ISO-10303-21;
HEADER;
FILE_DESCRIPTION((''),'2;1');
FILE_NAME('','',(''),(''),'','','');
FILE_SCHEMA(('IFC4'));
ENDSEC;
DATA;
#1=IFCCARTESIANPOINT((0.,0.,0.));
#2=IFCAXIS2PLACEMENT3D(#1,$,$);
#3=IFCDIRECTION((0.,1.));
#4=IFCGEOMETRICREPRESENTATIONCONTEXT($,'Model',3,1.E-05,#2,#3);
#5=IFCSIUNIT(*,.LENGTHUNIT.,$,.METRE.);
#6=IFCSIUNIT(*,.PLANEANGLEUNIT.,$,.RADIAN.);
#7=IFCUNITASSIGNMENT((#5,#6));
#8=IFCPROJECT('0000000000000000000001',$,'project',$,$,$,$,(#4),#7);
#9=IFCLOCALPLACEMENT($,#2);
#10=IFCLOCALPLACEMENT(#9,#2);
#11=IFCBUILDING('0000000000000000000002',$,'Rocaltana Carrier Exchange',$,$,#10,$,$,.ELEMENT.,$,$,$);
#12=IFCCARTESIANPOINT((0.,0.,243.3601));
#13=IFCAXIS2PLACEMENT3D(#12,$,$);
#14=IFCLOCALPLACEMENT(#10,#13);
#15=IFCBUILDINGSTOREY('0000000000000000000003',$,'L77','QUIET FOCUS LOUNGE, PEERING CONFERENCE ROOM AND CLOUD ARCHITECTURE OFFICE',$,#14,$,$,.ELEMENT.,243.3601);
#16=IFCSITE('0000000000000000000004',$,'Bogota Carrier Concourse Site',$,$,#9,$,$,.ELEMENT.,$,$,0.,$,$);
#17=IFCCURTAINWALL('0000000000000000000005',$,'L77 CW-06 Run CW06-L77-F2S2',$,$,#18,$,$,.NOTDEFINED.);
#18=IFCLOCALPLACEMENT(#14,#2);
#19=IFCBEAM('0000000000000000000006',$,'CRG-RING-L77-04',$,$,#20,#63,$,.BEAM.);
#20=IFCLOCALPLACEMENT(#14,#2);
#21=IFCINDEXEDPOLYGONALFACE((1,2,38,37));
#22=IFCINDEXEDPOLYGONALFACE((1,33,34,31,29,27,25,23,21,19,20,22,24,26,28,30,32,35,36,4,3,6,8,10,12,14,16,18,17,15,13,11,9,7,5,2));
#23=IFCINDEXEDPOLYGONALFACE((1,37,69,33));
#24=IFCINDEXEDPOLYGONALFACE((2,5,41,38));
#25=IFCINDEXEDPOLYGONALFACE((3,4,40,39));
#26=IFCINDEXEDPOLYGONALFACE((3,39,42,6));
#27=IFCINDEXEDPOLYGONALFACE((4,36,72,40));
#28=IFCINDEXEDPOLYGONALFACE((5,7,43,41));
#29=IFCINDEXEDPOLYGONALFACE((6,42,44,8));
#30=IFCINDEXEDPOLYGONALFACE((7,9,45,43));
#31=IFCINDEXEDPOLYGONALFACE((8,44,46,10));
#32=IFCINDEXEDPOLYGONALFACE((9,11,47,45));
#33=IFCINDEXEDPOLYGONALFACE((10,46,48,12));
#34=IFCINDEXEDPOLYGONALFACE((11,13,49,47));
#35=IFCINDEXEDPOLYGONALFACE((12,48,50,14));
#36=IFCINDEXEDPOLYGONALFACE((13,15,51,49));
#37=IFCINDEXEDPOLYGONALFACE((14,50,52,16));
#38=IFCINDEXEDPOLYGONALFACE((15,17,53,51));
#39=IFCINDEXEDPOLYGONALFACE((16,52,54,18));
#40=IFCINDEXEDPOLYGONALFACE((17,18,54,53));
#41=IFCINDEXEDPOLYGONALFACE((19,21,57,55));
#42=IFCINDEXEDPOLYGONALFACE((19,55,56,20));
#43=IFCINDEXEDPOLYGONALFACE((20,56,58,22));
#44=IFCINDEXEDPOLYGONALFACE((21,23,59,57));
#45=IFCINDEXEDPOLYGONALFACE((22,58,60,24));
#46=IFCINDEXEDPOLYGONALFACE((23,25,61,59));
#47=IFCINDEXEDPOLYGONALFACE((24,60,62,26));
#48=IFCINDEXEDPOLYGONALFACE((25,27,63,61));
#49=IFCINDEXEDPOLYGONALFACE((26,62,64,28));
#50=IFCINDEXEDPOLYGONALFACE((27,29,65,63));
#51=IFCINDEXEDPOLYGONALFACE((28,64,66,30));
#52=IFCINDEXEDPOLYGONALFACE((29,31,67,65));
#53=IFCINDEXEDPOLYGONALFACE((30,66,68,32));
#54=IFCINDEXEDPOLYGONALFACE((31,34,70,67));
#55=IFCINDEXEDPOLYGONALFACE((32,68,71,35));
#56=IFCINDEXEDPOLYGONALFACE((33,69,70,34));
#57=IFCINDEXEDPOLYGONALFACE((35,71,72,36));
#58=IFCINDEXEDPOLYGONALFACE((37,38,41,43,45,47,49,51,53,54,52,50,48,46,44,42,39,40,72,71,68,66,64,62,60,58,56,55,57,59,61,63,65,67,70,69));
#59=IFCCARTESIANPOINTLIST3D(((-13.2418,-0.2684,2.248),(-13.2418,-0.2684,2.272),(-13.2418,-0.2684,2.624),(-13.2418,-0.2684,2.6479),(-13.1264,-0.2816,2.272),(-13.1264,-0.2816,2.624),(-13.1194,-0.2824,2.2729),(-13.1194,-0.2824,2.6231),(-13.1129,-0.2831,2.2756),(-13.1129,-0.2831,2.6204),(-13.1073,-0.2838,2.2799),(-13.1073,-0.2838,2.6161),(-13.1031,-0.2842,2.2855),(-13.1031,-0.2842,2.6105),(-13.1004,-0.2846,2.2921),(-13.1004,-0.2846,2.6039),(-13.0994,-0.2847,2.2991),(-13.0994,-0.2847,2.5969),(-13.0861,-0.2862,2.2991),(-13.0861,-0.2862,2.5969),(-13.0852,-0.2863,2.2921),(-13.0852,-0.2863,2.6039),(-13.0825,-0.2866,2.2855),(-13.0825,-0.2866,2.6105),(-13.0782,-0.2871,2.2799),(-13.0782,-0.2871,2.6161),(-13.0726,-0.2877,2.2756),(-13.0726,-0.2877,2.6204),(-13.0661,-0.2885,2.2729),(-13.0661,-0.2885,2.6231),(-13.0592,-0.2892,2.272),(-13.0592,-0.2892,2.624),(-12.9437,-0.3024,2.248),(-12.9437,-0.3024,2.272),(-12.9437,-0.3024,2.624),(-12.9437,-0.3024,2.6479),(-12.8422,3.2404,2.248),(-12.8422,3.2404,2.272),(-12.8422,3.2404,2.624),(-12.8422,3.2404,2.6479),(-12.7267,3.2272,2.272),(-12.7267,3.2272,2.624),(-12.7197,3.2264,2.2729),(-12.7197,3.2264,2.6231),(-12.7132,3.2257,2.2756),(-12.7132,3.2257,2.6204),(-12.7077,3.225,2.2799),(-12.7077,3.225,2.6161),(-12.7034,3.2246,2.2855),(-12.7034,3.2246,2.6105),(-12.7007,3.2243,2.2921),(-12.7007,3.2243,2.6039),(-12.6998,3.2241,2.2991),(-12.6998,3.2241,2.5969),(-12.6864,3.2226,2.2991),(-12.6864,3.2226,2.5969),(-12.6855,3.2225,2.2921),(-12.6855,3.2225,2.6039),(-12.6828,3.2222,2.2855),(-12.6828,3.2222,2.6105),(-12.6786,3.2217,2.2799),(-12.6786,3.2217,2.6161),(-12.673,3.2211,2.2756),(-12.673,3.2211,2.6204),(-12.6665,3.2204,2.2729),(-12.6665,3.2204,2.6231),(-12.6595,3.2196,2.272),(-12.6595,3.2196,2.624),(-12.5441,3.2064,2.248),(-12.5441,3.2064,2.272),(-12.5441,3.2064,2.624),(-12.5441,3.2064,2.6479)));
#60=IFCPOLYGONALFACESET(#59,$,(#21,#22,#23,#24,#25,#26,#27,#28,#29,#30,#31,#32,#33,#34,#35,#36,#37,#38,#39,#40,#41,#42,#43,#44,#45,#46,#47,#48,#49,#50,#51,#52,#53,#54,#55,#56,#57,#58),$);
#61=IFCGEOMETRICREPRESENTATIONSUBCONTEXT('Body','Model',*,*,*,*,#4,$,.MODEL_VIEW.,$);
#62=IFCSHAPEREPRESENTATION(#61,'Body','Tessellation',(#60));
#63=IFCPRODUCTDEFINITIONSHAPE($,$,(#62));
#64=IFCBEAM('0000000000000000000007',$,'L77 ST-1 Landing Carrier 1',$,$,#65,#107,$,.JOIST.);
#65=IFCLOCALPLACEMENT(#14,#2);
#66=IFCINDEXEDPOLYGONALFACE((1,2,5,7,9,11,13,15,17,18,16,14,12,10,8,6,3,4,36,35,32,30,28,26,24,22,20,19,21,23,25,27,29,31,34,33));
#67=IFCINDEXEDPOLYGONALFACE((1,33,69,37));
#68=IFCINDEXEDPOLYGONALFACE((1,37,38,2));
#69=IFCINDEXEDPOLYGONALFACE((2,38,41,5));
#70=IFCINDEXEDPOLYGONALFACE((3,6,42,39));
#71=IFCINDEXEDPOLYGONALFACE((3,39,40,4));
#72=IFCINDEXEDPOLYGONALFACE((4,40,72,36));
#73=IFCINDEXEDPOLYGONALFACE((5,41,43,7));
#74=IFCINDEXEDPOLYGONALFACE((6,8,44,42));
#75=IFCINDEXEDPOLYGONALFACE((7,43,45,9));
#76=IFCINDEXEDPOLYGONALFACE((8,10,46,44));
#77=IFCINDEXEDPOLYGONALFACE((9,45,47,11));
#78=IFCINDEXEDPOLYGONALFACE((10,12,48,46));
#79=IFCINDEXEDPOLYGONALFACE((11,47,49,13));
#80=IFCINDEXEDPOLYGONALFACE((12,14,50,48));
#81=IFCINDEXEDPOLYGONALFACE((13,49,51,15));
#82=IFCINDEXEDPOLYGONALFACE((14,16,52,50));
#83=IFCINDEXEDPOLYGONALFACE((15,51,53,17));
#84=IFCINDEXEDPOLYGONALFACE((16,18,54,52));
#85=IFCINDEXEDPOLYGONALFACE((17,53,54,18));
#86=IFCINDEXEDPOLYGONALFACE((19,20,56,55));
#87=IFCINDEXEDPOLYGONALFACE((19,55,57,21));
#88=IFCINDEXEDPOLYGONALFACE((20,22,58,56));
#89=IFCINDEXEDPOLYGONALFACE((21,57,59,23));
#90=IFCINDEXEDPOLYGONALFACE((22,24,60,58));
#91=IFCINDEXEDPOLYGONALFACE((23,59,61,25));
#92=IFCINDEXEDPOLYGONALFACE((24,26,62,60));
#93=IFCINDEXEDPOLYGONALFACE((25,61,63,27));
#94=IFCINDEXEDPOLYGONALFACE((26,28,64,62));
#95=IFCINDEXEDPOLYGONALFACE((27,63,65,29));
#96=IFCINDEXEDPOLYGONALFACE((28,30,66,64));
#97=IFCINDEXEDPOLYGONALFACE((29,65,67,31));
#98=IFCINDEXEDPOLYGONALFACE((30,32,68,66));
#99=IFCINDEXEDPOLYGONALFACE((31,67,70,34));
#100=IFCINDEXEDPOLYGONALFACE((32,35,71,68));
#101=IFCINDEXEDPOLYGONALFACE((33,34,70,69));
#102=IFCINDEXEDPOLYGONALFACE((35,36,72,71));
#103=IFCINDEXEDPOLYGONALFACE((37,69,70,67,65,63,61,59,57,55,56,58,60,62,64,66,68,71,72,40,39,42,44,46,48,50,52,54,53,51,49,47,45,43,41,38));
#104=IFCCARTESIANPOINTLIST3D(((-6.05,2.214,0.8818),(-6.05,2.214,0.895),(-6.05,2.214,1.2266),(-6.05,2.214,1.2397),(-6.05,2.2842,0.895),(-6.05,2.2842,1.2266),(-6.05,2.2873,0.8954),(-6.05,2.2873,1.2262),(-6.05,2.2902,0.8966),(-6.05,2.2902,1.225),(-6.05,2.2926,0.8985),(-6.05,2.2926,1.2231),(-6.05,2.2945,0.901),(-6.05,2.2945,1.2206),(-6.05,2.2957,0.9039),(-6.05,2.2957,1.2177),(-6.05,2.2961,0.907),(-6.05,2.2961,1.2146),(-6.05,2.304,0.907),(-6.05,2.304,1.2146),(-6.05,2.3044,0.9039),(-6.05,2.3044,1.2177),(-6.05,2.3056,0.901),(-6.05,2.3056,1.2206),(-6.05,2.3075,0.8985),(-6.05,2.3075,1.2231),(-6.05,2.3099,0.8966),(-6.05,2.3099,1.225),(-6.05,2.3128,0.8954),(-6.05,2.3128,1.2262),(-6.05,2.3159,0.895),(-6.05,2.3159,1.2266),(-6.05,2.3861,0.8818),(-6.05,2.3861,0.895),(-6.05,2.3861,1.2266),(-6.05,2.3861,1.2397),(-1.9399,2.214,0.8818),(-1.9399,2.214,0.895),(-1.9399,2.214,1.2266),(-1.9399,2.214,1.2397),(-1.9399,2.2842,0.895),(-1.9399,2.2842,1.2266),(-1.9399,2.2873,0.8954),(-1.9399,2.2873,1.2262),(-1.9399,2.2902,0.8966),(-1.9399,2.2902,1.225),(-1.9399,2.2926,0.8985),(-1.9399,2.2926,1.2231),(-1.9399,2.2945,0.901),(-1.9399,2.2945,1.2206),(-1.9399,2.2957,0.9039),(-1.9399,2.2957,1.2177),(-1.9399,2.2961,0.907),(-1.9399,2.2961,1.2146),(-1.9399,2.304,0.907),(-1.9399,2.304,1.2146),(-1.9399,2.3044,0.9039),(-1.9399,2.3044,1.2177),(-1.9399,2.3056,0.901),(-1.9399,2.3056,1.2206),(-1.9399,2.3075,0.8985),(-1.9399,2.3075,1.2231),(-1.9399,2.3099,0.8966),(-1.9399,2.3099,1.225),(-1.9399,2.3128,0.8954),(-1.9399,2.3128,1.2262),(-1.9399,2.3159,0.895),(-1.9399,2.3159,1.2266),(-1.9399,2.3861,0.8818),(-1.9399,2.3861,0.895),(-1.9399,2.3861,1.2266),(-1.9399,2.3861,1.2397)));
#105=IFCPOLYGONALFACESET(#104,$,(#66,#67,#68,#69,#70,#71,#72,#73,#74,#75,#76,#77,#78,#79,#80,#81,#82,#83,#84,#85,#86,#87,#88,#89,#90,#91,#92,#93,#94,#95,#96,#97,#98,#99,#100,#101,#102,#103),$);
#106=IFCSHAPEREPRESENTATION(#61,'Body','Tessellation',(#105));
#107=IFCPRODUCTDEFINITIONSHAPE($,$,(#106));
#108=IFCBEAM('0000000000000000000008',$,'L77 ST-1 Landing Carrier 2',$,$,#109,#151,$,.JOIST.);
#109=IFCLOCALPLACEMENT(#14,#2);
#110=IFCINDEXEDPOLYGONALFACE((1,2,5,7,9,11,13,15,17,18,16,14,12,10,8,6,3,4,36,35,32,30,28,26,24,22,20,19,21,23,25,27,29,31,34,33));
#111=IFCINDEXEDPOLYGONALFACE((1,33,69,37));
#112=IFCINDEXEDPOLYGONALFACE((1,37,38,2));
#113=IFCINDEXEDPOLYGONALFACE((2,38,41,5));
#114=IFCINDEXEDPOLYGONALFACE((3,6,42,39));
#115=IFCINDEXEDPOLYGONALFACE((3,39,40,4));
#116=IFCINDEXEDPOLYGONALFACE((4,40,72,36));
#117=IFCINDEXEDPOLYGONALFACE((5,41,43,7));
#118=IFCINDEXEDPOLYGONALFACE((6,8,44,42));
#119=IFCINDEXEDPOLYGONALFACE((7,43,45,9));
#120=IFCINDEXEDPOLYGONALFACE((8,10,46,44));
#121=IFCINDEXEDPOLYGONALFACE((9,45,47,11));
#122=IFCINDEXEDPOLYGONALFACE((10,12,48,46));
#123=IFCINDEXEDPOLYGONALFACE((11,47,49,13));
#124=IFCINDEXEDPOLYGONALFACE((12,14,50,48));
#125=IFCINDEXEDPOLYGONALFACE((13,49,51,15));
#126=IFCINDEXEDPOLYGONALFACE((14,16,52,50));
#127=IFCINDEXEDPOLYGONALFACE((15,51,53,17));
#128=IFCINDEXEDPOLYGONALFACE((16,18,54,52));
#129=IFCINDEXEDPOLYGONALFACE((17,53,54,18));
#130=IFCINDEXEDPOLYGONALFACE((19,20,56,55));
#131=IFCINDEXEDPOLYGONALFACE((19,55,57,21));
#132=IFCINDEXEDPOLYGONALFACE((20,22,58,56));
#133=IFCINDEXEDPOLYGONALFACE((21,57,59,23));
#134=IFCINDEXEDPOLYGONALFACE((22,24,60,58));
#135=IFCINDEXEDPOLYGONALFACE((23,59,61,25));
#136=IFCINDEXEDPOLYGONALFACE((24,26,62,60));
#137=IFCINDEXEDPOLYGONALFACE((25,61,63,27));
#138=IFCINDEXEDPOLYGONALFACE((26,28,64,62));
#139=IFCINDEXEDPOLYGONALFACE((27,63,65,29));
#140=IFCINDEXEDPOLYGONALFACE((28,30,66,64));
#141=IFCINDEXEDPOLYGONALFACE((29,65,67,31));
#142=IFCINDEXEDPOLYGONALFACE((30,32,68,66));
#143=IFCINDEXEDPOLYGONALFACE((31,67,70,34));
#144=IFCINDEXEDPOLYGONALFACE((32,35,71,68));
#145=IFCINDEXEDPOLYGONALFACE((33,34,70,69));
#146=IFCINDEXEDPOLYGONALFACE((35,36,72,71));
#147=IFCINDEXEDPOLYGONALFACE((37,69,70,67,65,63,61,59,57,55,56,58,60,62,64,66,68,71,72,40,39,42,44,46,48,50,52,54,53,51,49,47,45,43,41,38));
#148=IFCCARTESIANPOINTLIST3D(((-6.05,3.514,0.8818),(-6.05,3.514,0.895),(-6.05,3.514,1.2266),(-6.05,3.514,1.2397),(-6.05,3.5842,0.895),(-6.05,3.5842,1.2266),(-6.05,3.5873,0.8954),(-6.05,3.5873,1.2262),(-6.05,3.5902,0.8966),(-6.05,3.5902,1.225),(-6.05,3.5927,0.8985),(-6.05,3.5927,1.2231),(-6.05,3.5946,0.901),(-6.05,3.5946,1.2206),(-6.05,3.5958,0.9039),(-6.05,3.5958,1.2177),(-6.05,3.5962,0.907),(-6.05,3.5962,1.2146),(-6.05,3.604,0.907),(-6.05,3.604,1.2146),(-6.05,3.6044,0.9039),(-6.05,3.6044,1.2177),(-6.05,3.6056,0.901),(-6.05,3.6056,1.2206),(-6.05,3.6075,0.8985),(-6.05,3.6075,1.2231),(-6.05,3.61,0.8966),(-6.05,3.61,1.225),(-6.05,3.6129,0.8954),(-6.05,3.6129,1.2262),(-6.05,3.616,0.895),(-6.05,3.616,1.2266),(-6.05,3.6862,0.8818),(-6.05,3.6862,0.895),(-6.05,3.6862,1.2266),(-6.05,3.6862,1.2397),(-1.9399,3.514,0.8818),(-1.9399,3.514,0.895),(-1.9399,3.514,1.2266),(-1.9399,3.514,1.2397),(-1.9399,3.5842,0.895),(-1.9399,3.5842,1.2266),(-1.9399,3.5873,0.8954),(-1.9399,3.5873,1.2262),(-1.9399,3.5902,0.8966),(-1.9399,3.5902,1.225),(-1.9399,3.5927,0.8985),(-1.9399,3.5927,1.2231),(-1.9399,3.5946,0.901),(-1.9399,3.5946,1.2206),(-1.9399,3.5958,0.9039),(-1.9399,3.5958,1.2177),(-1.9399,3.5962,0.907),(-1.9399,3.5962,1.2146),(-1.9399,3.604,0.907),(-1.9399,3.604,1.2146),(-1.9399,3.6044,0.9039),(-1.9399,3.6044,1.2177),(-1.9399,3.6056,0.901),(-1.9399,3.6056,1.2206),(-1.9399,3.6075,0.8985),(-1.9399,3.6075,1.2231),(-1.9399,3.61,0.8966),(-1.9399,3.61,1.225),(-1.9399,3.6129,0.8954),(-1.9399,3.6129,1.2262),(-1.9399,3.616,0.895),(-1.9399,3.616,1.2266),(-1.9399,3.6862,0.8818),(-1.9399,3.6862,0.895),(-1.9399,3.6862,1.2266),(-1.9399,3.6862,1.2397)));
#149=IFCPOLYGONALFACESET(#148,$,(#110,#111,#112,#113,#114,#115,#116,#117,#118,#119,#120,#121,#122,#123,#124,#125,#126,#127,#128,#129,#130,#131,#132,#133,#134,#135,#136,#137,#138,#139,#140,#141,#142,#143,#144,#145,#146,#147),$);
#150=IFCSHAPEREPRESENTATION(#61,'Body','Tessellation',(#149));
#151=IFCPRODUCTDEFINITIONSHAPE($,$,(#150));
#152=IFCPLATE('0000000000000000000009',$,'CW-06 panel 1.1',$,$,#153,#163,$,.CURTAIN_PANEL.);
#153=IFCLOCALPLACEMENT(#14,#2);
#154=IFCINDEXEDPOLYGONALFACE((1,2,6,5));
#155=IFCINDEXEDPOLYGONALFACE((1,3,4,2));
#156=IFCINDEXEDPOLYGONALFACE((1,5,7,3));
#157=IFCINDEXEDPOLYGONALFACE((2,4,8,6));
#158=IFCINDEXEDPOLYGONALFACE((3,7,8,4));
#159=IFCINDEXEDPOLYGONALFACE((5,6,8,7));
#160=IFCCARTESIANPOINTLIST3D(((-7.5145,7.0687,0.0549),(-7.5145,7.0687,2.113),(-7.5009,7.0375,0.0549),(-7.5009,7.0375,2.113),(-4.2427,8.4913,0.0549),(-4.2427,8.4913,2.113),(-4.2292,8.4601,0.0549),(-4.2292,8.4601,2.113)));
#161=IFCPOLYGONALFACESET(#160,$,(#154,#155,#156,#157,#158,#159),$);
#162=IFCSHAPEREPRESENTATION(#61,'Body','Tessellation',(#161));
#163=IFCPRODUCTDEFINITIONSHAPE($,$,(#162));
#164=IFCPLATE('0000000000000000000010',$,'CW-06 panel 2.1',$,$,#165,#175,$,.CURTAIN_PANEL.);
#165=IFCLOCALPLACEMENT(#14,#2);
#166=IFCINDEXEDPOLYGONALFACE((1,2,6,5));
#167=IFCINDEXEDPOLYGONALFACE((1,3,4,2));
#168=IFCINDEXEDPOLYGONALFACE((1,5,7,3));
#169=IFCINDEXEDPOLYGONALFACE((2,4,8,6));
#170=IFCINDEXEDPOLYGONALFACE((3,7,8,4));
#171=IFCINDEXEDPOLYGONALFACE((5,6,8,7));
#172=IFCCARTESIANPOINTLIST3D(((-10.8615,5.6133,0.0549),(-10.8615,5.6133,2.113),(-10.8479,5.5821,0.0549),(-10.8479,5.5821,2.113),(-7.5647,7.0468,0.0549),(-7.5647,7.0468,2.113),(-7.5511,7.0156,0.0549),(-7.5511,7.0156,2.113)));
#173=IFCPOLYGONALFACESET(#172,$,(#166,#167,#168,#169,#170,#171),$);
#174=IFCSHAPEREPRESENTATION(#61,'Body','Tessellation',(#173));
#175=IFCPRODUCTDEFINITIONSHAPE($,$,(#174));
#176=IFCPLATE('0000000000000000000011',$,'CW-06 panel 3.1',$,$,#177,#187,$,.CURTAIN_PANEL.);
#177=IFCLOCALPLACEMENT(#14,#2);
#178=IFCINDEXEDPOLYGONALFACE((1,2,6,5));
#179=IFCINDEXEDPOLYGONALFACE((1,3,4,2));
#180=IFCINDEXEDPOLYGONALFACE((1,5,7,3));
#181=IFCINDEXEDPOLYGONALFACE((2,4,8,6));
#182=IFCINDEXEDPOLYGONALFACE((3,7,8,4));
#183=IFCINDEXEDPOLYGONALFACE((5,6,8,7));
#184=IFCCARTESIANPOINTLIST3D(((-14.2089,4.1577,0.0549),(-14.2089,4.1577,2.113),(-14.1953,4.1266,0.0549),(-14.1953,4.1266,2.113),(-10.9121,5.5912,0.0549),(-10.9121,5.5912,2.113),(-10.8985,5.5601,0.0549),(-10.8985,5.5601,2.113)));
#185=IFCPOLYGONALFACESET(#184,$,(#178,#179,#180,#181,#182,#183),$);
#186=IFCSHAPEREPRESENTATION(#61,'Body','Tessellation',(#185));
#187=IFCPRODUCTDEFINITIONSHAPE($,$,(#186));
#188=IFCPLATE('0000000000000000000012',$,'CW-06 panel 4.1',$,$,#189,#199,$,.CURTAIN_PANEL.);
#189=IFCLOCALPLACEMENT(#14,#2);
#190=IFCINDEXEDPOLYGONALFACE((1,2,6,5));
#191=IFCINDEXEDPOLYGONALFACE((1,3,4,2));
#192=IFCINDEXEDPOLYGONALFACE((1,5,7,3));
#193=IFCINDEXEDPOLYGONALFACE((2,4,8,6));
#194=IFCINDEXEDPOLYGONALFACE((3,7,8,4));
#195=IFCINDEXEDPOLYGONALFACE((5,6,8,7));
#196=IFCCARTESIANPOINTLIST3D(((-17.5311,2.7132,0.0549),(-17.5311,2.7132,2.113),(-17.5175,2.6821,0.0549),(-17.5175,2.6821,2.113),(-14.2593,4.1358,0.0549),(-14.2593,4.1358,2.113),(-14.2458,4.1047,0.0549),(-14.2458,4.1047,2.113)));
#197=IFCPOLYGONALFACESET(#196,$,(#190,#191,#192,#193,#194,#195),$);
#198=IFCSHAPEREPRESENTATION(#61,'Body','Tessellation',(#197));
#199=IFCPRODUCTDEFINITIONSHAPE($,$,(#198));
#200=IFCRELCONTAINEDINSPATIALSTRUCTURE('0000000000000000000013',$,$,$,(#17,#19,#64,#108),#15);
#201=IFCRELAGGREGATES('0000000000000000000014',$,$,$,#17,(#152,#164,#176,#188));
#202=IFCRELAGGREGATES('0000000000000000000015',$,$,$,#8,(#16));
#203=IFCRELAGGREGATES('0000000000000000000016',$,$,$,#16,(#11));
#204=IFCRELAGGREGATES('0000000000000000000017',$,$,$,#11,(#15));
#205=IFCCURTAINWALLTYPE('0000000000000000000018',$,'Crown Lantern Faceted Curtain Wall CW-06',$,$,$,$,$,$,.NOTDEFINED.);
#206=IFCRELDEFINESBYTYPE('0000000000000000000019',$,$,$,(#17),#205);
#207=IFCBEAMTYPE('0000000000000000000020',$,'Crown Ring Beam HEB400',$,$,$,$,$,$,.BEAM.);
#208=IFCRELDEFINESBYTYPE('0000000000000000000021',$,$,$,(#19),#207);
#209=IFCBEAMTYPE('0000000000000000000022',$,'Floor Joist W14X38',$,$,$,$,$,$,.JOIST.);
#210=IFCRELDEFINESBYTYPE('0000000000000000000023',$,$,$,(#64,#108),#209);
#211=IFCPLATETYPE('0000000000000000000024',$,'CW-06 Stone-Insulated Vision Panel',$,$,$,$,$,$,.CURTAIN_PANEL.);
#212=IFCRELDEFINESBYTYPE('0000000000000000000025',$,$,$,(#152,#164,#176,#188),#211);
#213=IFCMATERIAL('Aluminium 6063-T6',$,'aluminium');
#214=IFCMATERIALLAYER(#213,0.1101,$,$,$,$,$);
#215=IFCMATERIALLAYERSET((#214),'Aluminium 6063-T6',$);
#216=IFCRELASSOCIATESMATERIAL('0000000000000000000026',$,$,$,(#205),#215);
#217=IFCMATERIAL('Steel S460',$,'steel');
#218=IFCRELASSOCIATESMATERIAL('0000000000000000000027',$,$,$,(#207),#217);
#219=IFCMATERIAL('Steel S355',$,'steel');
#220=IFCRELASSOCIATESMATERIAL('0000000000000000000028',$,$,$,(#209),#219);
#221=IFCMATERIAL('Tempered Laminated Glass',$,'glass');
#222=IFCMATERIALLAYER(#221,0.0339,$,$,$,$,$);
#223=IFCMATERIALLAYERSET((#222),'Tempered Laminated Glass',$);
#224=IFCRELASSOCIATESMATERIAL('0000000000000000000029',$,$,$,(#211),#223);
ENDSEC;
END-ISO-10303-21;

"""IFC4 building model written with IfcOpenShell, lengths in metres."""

from ifc_helpers import new_model, si_unit, direction, frame, origin, origin_2d, place, context, subcontext, project, spatial, rectangle, i_section, extrude, material, layer, layer_set, material_profile, profile_set, type_object, element, aggregate, save


model = new_model("IFC4")

# Units and contexts
model_context = context("Model", 3, precision=1e-05, world=origin(), true_north=direction((0.0, 1.0)))
body_context = subcontext(model_context, "Body", "Model", "MODEL_VIEW")
ifc_project = project(units=[si_unit("LENGTHUNIT", "METRE"), si_unit("PLANEANGLEUNIT", "RADIAN")], contexts=[model_context])

# Site, building, storey
site_placement = place(None, origin())
site = spatial("IfcSite", under=ifc_project, at=site_placement, Name="Bogota Carrier Concourse Site", CompositionType="ELEMENT", RefElevation=0.0)
building_placement = place(site_placement, origin())
building = spatial("IfcBuilding", under=site, at=building_placement, Name="Rocaltana Carrier Exchange", CompositionType="ELEMENT")
storey_placement = place(building_placement, frame((0.0, 0.0, 243.3601)))
storey = spatial("IfcBuildingStorey", under=building, at=storey_placement, Name="L77", Description="QUIET FOCUS LOUNGE, PEERING CONFERENCE ROOM AND CLOUD ARCHITECTURE OFFICE", CompositionType="ELEMENT", Elevation=243.3601)

# Curtain wall
ifc_material_1 = material(Name="Aluminium 6063-T6", Category="aluminium")
ifc_layer_1 = layer(ifc_material_1, 0.1101)
ifc_layer_set_1 = layer_set([ifc_layer_1], Name="Aluminium 6063-T6")
curtain_wall_type = type_object("IfcCurtainWallType", Name="Crown Lantern Faceted Curtain Wall CW-06", PredefinedType="NOTDEFINED", material=ifc_layer_set_1)
curtain_wall_1_placement = place(storey_placement, origin())
curtain_wall_1 = element("IfcCurtainWall", 1, at=curtain_wall_1_placement, inside=storey, type_object=curtain_wall_type, Name="L77 CW-06 Run CW06-L77-F2S2", PredefinedType="NOTDEFINED")

# Beams
ifc_material_2 = material(Name="Steel S460", Category="steel")
ifc_material_profile_1 = material_profile(ifc_material_2, i_section(OverallWidth=0.3, OverallDepth=0.3999, WebThickness=0.0134, FlangeThickness=0.0239, FilletRadius=0.0271, at=origin_2d()), Name="HEB400")
ifc_profile_set_1 = profile_set([ifc_material_profile_1], Name="Steel S460")
beam_type_1 = type_object("IfcBeamType", Name="Crown Ring Beam HEB400", PredefinedType="BEAM", material=ifc_profile_set_1)
beam_1_placement = place(storey_placement, frame((-12.6931, 3.2234, 2.448), z_axis=(-0.11317, -0.993576, 0.0), x_axis=(0.993576, -0.11317, 0.0)))
element("IfcBeam", 2, at=beam_1_placement, inside=storey, type_object=beam_type_1, Name="CRG-RING-L77-04", PredefinedType="BEAM", context=body_context, shape_type="SweptSolid", body=[
    extrude(i_section(OverallWidth=0.3, OverallDepth=0.3999, WebThickness=0.0134, FlangeThickness=0.0239, FilletRadius=0.0271, at=origin_2d()), origin(), (0.0, 0.0, 1.0), 3.5315),
])
ifc_material_3 = material(Name="Steel S355", Category="steel")
ifc_material_profile_2 = material_profile(ifc_material_3, i_section(OverallWidth=0.1721, OverallDepth=0.3579, WebThickness=0.0078, FlangeThickness=0.0132, FilletRadius=0.012, at=origin_2d()), Name="W14X38")
ifc_profile_set_2 = profile_set([ifc_material_profile_2], Name="Steel S355")
beam_type_2 = type_object("IfcBeamType", Name="Floor Joist W14X38", PredefinedType="JOIST", material=ifc_profile_set_2)
for number, where, z_axis, x_axis, name in (
    (3, (-6.05, 2.3, 1.0608), (1.0, 0.0, 0.0), (0.0, 1.0, 0.0), "L77 ST-1 Landing Carrier 1"),
    (4, (-6.05, 3.6001, 1.0608), (1.0, 0.0, 0.0), (0.0, 1.0, 0.0), "L77 ST-1 Landing Carrier 2"),
):
    element("IfcBeam", number, at=place(storey_placement, frame(where, z_axis=z_axis, x_axis=x_axis)), inside=storey, type_object=beam_type_2, Name=name, PredefinedType="JOIST", context=body_context, shape_type="SweptSolid", body=[
        extrude(i_section(OverallWidth=0.1721, OverallDepth=0.3579, WebThickness=0.0078, FlangeThickness=0.0132, FilletRadius=0.012, at=origin_2d()), origin(), (0.0, 0.0, 1.0), 4.1101),
    ])

# Plates
ifc_material_4 = material(Name="Tempered Laminated Glass", Category="glass")
ifc_layer_2 = layer(ifc_material_4, 0.0339)
ifc_layer_set_2 = layer_set([ifc_layer_2], Name="Tempered Laminated Glass")
plate_type = type_object("IfcPlateType", Name="CW-06 Stone-Insulated Vision Panel", PredefinedType="CURTAIN_PANEL", material=ifc_layer_set_2)
plate_1_placement = place(storey_placement, frame((-5.8718, 7.7644, 0.0549), z_axis=(0.0, 0.0, 1.0), x_axis=(-0.917059, -0.398752, 0.0)))
plate_1 = element("IfcPlate", 5, at=plate_1_placement, type_object=plate_type, Name="CW-06 panel 1.1", PredefinedType="CURTAIN_PANEL", context=body_context, shape_type="SweptSolid", body=[
    extrude(rectangle(XDim=3.5676, YDim=0.0339, at=origin_2d()), origin(), (0.0, 0.0, 1.0), 2.0581),
])
plate_2_placement = place(storey_placement, frame((-9.2063, 6.3145, 0.0549), z_axis=(0.0, 0.0, 1.0), x_axis=(-0.917059, -0.398752, 0.0)))
plate_2 = element("IfcPlate", 6, at=plate_2_placement, type_object=plate_type, Name="CW-06 panel 2.1", PredefinedType="CURTAIN_PANEL", context=body_context, shape_type="SweptSolid", body=[
    extrude(rectangle(XDim=3.595, YDim=0.0339, at=origin_2d()), origin(), (0.0, 0.0, 1.0), 2.0581),
])
plate_3_placement = place(storey_placement, frame((-12.5537, 4.8589, 0.0549), z_axis=(0.0, 0.0, 1.0), x_axis=(-0.917059, -0.398752, 0.0)))
plate_3 = element("IfcPlate", 7, at=plate_3_placement, type_object=plate_type, Name="CW-06 panel 3.1", PredefinedType="CURTAIN_PANEL", context=body_context, shape_type="SweptSolid", body=[
    extrude(rectangle(XDim=3.595, YDim=0.0339, at=origin_2d()), origin(), (0.0, 0.0, 1.0), 2.0581),
])
plate_4_placement = place(storey_placement, frame((-15.8884, 3.4089, 0.0549), z_axis=(0.0, 0.0, 1.0), x_axis=(-0.917059, -0.398752, 0.0)))
plate_4 = element("IfcPlate", 8, at=plate_4_placement, type_object=plate_type, Name="CW-06 panel 4.1", PredefinedType="CURTAIN_PANEL", context=body_context, shape_type="SweptSolid", body=[
    extrude(rectangle(XDim=3.5676, YDim=0.0339, at=origin_2d()), origin(), (0.0, 0.0, 1.0), 2.0581),
])
aggregate(curtain_wall_1, [plate_1, plate_2, plate_3, plate_4])

save(model, "model.ifc")
